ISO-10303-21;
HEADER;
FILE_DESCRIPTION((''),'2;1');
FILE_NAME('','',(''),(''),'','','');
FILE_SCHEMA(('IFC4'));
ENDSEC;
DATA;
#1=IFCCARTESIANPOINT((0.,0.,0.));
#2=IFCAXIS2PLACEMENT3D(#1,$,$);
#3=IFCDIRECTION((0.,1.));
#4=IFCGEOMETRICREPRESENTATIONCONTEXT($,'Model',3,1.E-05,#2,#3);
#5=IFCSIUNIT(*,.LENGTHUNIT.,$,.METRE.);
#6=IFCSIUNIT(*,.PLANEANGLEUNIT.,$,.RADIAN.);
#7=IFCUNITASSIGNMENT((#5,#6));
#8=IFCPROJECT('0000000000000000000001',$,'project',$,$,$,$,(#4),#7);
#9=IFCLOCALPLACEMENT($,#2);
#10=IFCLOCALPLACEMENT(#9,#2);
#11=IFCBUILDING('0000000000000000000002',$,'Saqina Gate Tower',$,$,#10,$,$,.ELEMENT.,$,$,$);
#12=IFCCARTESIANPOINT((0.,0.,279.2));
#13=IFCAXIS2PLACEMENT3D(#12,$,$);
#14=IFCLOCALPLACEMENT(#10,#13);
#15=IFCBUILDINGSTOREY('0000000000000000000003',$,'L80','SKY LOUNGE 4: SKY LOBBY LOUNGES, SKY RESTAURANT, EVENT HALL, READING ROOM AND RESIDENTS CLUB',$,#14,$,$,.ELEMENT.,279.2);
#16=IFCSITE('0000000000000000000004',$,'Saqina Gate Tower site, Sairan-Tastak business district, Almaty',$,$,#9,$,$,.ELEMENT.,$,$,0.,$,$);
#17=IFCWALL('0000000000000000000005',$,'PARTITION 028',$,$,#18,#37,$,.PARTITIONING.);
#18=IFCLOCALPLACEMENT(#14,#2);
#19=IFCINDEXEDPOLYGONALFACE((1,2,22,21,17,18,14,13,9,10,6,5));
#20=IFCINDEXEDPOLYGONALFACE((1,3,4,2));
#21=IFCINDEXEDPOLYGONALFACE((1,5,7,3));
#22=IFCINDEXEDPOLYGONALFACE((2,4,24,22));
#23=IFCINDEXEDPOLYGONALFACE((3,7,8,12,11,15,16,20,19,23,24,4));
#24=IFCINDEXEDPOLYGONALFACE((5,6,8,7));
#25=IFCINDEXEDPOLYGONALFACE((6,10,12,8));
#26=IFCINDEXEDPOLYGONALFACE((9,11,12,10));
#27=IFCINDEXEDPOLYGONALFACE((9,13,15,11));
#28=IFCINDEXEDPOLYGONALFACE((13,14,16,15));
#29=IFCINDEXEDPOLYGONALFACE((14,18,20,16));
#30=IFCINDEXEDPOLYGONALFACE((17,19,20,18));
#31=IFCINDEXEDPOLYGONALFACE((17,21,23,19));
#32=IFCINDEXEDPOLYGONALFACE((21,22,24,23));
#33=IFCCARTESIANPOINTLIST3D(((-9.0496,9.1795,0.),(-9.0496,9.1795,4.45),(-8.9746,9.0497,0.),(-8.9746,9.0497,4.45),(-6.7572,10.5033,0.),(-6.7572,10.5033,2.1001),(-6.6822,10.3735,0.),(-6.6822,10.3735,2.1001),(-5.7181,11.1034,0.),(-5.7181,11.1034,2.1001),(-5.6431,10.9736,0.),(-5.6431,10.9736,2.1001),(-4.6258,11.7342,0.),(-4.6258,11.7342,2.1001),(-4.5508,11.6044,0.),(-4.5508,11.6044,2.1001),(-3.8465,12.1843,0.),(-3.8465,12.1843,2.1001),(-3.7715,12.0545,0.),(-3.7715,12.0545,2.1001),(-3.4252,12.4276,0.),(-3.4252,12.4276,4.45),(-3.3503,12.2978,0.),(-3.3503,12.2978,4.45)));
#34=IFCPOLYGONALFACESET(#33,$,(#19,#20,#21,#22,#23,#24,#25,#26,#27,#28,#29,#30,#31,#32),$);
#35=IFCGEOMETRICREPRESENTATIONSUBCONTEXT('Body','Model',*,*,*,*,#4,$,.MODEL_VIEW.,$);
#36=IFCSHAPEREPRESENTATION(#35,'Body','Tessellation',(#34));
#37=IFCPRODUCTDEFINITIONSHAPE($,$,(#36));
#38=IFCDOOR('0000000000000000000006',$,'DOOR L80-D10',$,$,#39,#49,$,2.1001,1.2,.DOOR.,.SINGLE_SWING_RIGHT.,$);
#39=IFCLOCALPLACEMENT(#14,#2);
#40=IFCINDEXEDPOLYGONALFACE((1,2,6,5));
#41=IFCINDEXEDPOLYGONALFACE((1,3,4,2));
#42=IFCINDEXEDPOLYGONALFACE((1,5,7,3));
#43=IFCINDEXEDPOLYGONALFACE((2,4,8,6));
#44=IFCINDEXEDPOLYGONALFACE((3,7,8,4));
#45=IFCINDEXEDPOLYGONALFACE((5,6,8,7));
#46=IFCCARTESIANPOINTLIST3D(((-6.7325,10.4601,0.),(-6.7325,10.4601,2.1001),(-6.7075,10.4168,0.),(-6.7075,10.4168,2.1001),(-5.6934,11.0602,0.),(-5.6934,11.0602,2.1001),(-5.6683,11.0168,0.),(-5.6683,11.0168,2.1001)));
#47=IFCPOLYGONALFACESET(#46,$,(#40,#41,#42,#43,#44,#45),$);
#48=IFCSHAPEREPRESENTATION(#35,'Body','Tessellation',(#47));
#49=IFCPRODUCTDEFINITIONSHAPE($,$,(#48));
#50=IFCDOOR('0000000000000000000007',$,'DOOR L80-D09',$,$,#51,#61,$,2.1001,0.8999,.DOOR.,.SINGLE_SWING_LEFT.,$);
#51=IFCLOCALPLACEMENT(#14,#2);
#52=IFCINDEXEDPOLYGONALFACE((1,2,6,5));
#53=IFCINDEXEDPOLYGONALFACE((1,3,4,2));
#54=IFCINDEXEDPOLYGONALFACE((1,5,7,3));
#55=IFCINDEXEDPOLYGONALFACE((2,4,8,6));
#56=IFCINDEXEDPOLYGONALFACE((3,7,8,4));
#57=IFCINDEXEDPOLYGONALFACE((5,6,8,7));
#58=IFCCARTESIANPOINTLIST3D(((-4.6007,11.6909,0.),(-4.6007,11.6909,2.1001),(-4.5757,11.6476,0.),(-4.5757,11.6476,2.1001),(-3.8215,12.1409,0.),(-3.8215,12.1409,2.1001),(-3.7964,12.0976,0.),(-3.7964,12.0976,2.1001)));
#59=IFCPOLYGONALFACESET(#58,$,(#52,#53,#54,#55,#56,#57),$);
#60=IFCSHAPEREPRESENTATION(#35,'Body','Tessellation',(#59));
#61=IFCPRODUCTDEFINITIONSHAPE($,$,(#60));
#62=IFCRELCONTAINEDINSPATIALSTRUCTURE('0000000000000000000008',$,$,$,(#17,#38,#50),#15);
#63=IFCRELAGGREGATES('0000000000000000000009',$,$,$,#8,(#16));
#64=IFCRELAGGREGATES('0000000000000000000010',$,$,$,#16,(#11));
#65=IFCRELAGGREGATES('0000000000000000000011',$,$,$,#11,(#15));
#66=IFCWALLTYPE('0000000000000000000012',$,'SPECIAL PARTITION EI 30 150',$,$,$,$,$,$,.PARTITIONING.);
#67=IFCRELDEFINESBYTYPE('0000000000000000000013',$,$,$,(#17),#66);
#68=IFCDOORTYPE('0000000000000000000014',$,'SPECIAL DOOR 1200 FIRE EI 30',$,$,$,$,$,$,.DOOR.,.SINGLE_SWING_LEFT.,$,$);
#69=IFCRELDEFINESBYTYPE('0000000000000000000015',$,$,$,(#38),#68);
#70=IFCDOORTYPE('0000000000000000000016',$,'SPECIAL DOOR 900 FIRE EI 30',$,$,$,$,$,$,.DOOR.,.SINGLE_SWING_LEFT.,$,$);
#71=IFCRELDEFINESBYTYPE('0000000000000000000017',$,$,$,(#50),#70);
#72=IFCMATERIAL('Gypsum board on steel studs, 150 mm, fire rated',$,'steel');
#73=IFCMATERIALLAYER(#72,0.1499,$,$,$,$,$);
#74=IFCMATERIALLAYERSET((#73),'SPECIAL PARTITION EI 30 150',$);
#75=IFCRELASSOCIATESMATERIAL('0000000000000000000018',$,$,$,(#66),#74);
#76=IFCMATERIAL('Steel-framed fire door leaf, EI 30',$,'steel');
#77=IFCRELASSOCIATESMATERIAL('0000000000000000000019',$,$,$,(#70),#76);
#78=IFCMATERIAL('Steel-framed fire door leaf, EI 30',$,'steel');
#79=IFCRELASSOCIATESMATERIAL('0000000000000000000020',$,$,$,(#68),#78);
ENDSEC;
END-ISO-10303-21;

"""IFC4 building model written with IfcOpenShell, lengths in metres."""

from ifc_helpers import new_model, si_unit, direction, frame, frame_2d, origin, place, context, subcontext, project, spatial, rectangle, extrude, material, layer, layer_set, type_object, element, fill, save


model = new_model("IFC4")

# Units and contexts
model_context = context("Model", 3, precision=1e-05, world=origin(), true_north=direction((0.0, 1.0)))
body_context = subcontext(model_context, "Body", "Model", "MODEL_VIEW")
ifc_project = project(units=[si_unit("LENGTHUNIT", "METRE"), si_unit("PLANEANGLEUNIT", "RADIAN")], contexts=[model_context])

# Site, building, storey
site_placement = place(None, origin())
site = spatial("IfcSite", under=ifc_project, at=site_placement, Name="Saqina Gate Tower site, Sairan-Tastak business district, Almaty", CompositionType="ELEMENT", RefElevation=0.0)
building_placement = place(site_placement, origin())
building = spatial("IfcBuilding", under=site, at=building_placement, Name="Saqina Gate Tower", CompositionType="ELEMENT")
storey_placement = place(building_placement, frame((0.0, 0.0, 279.2)))
storey = spatial("IfcBuildingStorey", under=building, at=storey_placement, Name="L80", Description="SKY LOUNGE 4: SKY LOBBY LOUNGES, SKY RESTAURANT, EVENT HALL, READING ROOM AND RESIDENTS CLUB", CompositionType="ELEMENT", Elevation=279.2)

# Wall, openings, doors
ifc_material_1 = material(Name="Gypsum board on steel studs, 150 mm, fire rated", Category="steel")
ifc_layer_1 = layer(ifc_material_1, 0.1499)
ifc_layer_set_1 = layer_set([ifc_layer_1], Name="SPECIAL PARTITION EI 30 150")
wall_type_1 = type_object("IfcWallType", Name="SPECIAL PARTITION EI 30 150", PredefinedType="PARTITIONING", material=ifc_layer_set_1)
ifc_material_2 = material(Name="Steel-framed fire door leaf, EI 30", Category="steel")
door_type_1 = type_object("IfcDoorType", Name="SPECIAL DOOR 900 FIRE EI 30", OperationType="SINGLE_SWING_LEFT", PredefinedType="DOOR", material=ifc_material_2)
wall_1_placement = place(storey_placement, frame((-9.0122, 9.1145, 0.0), z_axis=(0.0, 0.0, 1.0), x_axis=(0.865967, 0.500101, 0.0)))
wall_1 = element("IfcWall", 1, at=wall_1_placement, inside=storey, type_object=wall_type_1, Name="PARTITION 028", PredefinedType="PARTITIONING", context=body_context, shape_type="SweptSolid", body=[
    extrude(rectangle(XDim=6.4949, YDim=0.1499, at=frame_2d((3.2476, 0.0))), origin(), (0.0, 0.0, 1.0), 4.45),
])
opening_1_placement = place(wall_1_placement, frame((5.1086, 0.0, 0.0)))
opening_1 = element("IfcOpeningElement", 2, at=opening_1_placement, cuts=wall_1, PredefinedType="OPENING", context=body_context, shape_type="SweptSolid", body=[
    extrude(rectangle(XDim=0.8999, YDim=2.1001, at=frame_2d((0.45, 1.05))), frame((0.0, 0.0869, 0.0), z_axis=(0.0, -1.0, 0.0), x_axis=(1.0, 0.0, 0.0)), (0.0, 0.0, 1.0), 0.1738),
])
opening_2_placement = place(wall_1_placement, frame((2.6472, 0.0, 0.0)))
opening_2 = element("IfcOpeningElement", 3, at=opening_2_placement, cuts=wall_1, PredefinedType="OPENING", context=body_context, shape_type="SweptSolid", body=[
    extrude(rectangle(XDim=1.2, YDim=2.1001, at=frame_2d((0.6001, 1.05))), frame((0.0, 0.0869, 0.0), z_axis=(0.0, -1.0, 0.0), x_axis=(1.0, 0.0, 0.0)), (0.0, 0.0, 1.0), 0.1738),
])
ifc_material_3 = material(Name="Steel-framed fire door leaf, EI 30", Category="steel")
door_type_2 = type_object("IfcDoorType", Name="SPECIAL DOOR 1200 FIRE EI 30", OperationType="SINGLE_SWING_LEFT", PredefinedType="DOOR", material=ifc_material_3)
door_1_placement = place(opening_2_placement, frame((1.2, 0.0, 0.0), z_axis=(0.0, 0.0, 1.0), x_axis=(-1.0, 0.0, 0.0)))
door_1 = element("IfcDoor", 4, at=door_1_placement, inside=storey, type_object=door_type_2, Name="DOOR L80-D10", OperationType="SINGLE_SWING_RIGHT", OverallHeight=2.1001, OverallWidth=1.2, PredefinedType="DOOR", context=body_context, shape_type="SweptSolid", body=[
    extrude(rectangle(XDim=1.2, YDim=2.1001, at=frame_2d((0.6001, 1.05))), frame((0.0, 0.0249, 0.0), z_axis=(0.0, -1.0, 0.0), x_axis=(1.0, 0.0, 0.0)), (0.0, 0.0, 1.0), 0.05),
])
fill(opening_2, door_1)
door_2_placement = place(opening_1_placement, origin())
door_2 = element("IfcDoor", 5, at=door_2_placement, inside=storey, type_object=door_type_1, Name="DOOR L80-D09", OperationType="SINGLE_SWING_LEFT", OverallHeight=2.1001, OverallWidth=0.8999, PredefinedType="DOOR", context=body_context, shape_type="SweptSolid", body=[
    extrude(rectangle(XDim=0.8999, YDim=2.1001, at=frame_2d((0.45, 1.05))), frame((0.0, 0.0249, 0.0), z_axis=(0.0, -1.0, 0.0), x_axis=(1.0, 0.0, 0.0)), (0.0, 0.0, 1.0), 0.05),
])
fill(opening_1, door_2)

save(model, "model.ifc")
